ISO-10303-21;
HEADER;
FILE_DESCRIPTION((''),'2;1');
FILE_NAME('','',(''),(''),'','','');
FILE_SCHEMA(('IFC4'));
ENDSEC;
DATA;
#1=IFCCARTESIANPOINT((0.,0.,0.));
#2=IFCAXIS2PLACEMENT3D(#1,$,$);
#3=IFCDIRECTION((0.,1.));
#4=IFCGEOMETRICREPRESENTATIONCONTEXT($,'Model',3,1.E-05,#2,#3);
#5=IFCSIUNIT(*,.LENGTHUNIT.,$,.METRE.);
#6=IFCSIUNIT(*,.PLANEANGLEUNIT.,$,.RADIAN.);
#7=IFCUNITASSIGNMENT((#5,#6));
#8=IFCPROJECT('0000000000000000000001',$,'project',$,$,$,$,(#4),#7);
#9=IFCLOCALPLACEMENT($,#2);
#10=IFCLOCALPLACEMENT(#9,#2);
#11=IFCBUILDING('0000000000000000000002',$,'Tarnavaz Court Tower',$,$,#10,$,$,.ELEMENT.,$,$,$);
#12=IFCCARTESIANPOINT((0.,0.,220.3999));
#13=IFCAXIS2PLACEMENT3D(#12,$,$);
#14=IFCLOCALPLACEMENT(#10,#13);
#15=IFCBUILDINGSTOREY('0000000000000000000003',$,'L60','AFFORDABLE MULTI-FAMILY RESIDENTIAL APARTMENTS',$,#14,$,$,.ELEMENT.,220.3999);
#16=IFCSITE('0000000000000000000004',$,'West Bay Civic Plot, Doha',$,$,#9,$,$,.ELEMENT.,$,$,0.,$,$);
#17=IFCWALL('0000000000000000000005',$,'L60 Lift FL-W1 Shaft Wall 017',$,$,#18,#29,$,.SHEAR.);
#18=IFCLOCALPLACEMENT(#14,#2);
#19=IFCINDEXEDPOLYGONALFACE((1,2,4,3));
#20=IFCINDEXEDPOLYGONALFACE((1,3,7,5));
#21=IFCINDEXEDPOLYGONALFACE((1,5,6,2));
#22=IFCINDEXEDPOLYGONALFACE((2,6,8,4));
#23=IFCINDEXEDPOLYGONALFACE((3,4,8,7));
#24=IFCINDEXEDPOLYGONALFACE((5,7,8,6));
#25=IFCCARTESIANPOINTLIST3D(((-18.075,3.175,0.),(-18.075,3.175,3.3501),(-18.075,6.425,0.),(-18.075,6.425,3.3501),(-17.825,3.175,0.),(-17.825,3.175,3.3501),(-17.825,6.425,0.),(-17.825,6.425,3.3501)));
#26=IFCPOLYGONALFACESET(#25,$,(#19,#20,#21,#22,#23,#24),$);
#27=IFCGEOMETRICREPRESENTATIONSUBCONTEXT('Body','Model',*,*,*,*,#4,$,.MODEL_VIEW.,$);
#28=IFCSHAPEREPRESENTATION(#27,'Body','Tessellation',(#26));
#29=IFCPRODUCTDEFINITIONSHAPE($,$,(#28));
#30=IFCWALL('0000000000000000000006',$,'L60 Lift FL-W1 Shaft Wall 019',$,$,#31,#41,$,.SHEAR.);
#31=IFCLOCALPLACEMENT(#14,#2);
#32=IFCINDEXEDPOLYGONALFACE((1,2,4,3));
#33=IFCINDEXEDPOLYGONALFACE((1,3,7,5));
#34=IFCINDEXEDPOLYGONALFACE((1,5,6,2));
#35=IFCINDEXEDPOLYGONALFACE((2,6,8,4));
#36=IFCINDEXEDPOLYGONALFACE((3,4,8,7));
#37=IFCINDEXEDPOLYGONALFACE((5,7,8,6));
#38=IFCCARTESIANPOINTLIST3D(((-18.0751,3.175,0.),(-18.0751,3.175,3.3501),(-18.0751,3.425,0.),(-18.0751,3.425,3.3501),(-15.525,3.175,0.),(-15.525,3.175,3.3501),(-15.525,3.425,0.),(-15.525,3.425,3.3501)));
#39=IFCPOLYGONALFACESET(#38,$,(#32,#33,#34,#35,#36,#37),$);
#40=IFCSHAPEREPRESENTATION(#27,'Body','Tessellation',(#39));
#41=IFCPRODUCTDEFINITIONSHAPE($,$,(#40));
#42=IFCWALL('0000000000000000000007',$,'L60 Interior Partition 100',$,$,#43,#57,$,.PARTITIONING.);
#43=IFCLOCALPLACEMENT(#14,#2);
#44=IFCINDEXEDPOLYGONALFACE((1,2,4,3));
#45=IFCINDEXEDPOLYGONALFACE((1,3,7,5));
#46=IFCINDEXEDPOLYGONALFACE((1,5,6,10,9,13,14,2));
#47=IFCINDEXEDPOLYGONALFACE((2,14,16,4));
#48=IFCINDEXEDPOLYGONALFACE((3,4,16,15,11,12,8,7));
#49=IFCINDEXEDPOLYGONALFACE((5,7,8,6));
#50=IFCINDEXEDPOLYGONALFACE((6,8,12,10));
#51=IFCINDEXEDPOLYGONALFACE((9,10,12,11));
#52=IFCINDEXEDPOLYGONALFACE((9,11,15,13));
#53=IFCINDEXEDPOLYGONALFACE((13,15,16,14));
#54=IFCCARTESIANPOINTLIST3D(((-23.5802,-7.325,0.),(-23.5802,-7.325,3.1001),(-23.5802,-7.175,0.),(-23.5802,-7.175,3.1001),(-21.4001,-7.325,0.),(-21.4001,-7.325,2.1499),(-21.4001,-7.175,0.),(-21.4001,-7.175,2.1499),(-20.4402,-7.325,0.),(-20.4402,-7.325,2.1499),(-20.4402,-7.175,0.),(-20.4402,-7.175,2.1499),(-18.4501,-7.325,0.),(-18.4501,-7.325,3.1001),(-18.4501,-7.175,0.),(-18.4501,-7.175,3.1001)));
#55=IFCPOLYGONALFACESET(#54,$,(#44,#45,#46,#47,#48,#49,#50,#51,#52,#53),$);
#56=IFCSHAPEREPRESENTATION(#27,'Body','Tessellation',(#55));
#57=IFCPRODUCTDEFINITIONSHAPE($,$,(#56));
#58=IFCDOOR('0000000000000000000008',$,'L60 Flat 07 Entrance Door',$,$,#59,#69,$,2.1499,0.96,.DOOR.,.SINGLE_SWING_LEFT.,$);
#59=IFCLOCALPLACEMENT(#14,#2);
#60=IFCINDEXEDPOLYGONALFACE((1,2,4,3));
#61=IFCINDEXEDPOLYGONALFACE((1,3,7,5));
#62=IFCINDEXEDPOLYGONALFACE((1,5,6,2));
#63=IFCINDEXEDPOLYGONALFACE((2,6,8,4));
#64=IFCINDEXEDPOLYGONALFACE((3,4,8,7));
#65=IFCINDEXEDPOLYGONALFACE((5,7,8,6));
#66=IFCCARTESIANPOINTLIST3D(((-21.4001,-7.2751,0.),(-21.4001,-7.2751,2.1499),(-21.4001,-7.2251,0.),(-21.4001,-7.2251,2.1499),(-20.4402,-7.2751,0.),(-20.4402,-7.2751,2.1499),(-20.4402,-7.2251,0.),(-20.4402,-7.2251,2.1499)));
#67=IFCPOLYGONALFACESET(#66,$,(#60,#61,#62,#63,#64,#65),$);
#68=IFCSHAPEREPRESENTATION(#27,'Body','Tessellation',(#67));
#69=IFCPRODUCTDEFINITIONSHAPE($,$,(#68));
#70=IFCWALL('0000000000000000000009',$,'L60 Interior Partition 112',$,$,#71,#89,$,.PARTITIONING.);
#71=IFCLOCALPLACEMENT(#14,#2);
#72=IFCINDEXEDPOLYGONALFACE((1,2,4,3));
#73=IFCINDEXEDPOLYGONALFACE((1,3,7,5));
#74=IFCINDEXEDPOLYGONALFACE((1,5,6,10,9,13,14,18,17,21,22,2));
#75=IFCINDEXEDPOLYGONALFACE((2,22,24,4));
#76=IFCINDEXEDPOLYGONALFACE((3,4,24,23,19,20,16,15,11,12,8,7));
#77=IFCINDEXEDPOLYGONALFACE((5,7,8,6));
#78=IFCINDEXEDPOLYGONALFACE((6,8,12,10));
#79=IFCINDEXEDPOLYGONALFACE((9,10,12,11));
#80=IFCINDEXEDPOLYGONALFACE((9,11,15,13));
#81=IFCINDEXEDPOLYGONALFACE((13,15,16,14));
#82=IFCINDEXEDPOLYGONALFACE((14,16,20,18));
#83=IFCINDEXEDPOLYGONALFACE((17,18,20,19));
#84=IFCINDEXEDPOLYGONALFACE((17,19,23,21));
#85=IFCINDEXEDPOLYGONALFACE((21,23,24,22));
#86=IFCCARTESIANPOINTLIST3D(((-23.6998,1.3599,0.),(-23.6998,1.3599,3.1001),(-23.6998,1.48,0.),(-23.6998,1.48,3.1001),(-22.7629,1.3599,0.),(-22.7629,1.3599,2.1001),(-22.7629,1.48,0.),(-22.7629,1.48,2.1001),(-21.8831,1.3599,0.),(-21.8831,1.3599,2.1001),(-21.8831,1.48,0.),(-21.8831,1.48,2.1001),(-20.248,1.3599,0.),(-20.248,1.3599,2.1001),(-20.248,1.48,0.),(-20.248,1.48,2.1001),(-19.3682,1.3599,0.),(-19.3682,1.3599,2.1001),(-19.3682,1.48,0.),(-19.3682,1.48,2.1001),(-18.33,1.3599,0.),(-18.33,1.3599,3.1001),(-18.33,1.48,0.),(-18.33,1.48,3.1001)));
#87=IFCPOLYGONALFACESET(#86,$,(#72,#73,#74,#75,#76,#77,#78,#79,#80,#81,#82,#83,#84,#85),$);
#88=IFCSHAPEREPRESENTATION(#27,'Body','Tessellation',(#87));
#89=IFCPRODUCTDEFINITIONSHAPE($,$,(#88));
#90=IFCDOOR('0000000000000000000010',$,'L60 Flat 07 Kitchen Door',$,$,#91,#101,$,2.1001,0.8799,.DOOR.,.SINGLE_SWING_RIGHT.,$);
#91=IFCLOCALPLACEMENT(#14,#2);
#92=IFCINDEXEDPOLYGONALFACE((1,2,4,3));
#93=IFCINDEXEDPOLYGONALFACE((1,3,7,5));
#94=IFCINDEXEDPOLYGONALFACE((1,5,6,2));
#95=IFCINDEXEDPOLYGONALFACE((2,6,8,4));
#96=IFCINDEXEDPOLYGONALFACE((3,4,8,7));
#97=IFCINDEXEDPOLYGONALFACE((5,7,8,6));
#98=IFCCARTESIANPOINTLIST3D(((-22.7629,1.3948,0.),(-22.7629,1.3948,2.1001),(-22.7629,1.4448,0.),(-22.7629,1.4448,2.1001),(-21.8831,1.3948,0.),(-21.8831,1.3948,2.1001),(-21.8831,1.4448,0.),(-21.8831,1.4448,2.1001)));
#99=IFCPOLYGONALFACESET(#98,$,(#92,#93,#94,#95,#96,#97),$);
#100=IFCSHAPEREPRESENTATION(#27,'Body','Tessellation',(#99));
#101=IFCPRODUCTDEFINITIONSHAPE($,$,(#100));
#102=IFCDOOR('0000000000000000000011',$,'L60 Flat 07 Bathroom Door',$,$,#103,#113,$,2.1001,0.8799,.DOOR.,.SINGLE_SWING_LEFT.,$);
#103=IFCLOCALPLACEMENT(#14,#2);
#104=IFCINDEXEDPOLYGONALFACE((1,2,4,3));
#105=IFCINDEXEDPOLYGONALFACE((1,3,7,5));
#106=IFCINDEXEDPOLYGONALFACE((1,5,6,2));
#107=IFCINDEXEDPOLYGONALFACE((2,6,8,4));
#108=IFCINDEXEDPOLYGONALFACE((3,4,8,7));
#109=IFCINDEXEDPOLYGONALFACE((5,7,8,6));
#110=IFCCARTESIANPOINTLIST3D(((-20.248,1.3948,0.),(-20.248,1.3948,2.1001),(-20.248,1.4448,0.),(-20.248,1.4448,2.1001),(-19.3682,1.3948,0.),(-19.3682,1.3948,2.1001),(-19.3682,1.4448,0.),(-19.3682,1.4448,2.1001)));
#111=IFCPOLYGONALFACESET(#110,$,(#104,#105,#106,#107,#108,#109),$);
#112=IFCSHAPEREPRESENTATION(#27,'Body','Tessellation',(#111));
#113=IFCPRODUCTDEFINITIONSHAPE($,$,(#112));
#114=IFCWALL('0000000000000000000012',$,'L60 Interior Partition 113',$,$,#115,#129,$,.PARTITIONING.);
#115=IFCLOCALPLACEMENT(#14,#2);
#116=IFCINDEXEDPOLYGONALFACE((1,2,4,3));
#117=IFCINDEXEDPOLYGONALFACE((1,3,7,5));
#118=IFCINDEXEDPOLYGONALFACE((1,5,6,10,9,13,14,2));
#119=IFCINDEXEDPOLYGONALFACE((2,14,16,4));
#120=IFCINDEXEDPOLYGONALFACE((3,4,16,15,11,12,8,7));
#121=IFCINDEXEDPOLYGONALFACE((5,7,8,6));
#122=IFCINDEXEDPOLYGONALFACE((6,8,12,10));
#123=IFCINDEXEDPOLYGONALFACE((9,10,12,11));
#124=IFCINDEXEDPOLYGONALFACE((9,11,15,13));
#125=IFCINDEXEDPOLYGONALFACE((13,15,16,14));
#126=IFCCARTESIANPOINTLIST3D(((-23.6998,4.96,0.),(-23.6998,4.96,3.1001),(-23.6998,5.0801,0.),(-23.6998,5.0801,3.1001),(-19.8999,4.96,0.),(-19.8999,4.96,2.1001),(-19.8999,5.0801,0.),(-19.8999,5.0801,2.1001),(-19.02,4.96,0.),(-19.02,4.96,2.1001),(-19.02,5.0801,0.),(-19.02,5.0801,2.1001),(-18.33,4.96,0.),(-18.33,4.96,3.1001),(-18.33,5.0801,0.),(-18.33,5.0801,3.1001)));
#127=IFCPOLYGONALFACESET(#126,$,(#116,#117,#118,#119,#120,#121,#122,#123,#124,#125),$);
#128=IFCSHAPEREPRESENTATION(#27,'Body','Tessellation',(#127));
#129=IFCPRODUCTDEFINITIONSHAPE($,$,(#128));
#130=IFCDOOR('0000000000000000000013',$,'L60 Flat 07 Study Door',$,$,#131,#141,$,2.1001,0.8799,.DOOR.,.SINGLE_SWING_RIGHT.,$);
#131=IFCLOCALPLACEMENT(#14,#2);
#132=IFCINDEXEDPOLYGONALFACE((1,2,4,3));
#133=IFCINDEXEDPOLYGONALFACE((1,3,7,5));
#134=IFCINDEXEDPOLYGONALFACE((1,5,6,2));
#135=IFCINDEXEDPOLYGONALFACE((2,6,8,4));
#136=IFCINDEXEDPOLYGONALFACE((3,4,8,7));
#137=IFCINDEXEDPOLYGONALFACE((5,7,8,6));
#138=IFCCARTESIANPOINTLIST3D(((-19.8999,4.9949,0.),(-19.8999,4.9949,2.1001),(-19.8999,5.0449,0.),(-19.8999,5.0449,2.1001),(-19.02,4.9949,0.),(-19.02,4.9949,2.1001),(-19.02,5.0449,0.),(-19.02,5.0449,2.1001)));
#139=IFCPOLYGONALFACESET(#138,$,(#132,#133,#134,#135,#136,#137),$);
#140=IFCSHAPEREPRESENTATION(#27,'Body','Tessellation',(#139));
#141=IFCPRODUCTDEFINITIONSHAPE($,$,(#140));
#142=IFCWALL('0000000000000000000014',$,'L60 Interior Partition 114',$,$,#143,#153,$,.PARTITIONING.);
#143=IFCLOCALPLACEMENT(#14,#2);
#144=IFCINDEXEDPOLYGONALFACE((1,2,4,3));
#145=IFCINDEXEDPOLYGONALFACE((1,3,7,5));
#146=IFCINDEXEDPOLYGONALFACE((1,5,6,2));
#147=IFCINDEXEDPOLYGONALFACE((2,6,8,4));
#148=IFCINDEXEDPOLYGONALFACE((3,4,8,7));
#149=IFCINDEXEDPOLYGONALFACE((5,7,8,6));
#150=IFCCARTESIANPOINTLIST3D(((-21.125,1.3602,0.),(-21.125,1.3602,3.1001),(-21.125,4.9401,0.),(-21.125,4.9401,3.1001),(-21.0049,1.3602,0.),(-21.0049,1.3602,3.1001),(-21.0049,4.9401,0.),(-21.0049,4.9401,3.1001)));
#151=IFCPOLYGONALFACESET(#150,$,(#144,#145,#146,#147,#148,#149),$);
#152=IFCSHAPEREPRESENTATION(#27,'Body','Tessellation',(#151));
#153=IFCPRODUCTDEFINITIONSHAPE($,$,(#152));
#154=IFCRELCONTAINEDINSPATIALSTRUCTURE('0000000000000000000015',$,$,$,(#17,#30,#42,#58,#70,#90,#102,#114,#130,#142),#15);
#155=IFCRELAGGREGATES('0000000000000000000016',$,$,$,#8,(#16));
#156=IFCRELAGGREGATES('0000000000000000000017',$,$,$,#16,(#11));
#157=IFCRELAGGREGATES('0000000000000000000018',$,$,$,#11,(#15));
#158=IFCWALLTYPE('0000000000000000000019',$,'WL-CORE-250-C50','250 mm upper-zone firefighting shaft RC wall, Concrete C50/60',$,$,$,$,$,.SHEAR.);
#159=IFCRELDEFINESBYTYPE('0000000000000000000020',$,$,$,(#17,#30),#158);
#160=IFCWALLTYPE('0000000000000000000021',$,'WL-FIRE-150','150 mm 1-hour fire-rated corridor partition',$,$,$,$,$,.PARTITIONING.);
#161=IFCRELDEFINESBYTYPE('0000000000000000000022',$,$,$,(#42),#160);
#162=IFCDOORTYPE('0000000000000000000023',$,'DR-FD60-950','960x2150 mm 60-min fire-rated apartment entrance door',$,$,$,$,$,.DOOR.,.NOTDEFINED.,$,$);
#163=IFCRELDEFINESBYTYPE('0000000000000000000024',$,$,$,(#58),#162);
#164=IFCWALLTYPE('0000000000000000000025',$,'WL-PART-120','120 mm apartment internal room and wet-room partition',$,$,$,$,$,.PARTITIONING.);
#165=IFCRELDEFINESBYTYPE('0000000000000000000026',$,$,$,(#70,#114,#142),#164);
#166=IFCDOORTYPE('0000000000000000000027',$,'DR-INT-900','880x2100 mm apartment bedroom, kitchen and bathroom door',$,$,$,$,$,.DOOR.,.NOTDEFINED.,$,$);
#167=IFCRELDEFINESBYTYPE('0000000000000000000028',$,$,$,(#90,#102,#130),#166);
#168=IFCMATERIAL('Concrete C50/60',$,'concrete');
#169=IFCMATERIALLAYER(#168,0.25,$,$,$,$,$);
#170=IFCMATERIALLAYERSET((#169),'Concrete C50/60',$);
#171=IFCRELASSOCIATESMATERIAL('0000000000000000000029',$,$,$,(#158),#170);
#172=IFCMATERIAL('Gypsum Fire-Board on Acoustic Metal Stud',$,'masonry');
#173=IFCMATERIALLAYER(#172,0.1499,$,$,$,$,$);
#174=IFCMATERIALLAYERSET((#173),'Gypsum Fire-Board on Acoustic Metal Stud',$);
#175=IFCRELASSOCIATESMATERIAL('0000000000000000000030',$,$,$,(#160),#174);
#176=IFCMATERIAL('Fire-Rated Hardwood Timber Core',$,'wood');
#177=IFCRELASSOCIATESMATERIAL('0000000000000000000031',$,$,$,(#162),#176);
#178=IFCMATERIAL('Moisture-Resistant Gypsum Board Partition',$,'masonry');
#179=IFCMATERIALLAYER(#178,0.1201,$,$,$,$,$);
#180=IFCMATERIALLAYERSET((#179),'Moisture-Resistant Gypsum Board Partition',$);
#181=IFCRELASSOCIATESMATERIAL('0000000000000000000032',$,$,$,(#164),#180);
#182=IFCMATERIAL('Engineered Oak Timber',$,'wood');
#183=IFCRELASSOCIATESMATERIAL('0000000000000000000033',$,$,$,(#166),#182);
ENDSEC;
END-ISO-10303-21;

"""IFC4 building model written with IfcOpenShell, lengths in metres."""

from ifc_helpers import new_model, si_unit, direction, frame, frame_2d, origin, place, context, subcontext, project, spatial, rectangle, extrude, material, layer, layer_set, type_object, element, fill, save


model = new_model("IFC4")

# Units and contexts
model_context = context("Model", 3, precision=1e-05, world=origin(), true_north=direction((0.0, 1.0)))
body_context = subcontext(model_context, "Body", "Model", "MODEL_VIEW")
ifc_project = project(units=[si_unit("LENGTHUNIT", "METRE"), si_unit("PLANEANGLEUNIT", "RADIAN")], contexts=[model_context])

# Site, building, storey
site_placement = place(None, origin())
site = spatial("IfcSite", under=ifc_project, at=site_placement, Name="West Bay Civic Plot, Doha", CompositionType="ELEMENT", RefElevation=0.0)
building_placement = place(site_placement, origin())
building = spatial("IfcBuilding", under=site, at=building_placement, Name="Tarnavaz Court Tower", CompositionType="ELEMENT")
storey_placement = place(building_placement, frame((0.0, 0.0, 220.3999)))
storey = spatial("IfcBuildingStorey", under=building, at=storey_placement, Name="L60", Description="AFFORDABLE MULTI-FAMILY RESIDENTIAL APARTMENTS", CompositionType="ELEMENT", Elevation=220.3999)

# Shared definitions
ifc_material_1 = material(Name="Concrete C50/60", Category="concrete")

# Walls
ifc_layer_1 = layer(ifc_material_1, 0.25)
ifc_layer_set_1 = layer_set([ifc_layer_1], Name="Concrete C50/60")
wall_type_1 = type_object("IfcWallType", Name="WL-CORE-250-C50", Description="250 mm upper-zone firefighting shaft RC wall, Concrete C50/60", PredefinedType="SHEAR", material=ifc_layer_set_1)
wall_1_placement = place(storey_placement, frame((-17.95, 3.175, 0.0), z_axis=(0.0, 0.0, 1.0), x_axis=(0.0, 1.0, 0.0)))
element("IfcWall", 1, at=wall_1_placement, inside=storey, type_object=wall_type_1, Name="L60 Lift FL-W1 Shaft Wall 017", PredefinedType="SHEAR", context=body_context, shape_type="SweptSolid", body=[
    extrude(rectangle(XDim=3.25, YDim=0.25, at=frame_2d((1.625, 0.0))), origin(), (0.0, 0.0, 1.0), 3.3501),
])
wall_2_placement = place(storey_placement, frame((-18.075, 3.3, 0.0), z_axis=(0.0, 0.0, 1.0), x_axis=(1.0, 0.0, 0.0)))
element("IfcWall", 2, at=wall_2_placement, inside=storey, type_object=wall_type_1, Name="L60 Lift FL-W1 Shaft Wall 019", PredefinedType="SHEAR", context=body_context, shape_type="SweptSolid", body=[
    extrude(rectangle(XDim=2.55, YDim=0.25, at=frame_2d((1.2749, 0.0))), origin(), (0.0, 0.0, 1.0), 3.3501),
])

# Wall, opening, door
ifc_material_2 = material(Name="Fire-Rated Hardwood Timber Core", Category="wood")
ifc_material_3 = material(Name="Gypsum Fire-Board on Acoustic Metal Stud", Category="masonry")
ifc_layer_2 = layer(ifc_material_3, 0.1499)
ifc_layer_set_2 = layer_set([ifc_layer_2], Name="Gypsum Fire-Board on Acoustic Metal Stud")
wall_type_2 = type_object("IfcWallType", Name="WL-FIRE-150", Description="150 mm 1-hour fire-rated corridor partition", PredefinedType="PARTITIONING", material=ifc_layer_set_2)
wall_3_placement = place(storey_placement, frame((-23.5801, -7.25, 0.0), z_axis=(0.0, 0.0, 1.0), x_axis=(1.0, 0.0, 0.0)))
wall_3 = element("IfcWall", 3, at=wall_3_placement, inside=storey, type_object=wall_type_2, Name="L60 Interior Partition 100", PredefinedType="PARTITIONING", context=body_context, shape_type="SweptSolid", body=[
    extrude(rectangle(XDim=5.1301, YDim=0.1499, at=frame_2d((2.5649, 0.0))), origin(), (0.0, 0.0, 1.0), 3.1001),
])
opening_1_placement = place(wall_3_placement, frame((2.1799, 0.0, 0.0)))
opening_1 = element("IfcOpeningElement", 4, at=opening_1_placement, cuts=wall_3, PredefinedType="OPENING", context=body_context, shape_type="SweptSolid", body=[
    extrude(rectangle(XDim=0.96, YDim=2.1499, at=frame_2d((0.48, 1.075))), frame((0.0, 0.085, 0.0), z_axis=(0.0, -1.0, 0.0), x_axis=(1.0, 0.0, 0.0)), (0.0, 0.0, 1.0), 0.1699),
])
door_type_1 = type_object("IfcDoorType", Name="DR-FD60-950", Description="960x2150 mm 60-min fire-rated apartment entrance door", OperationType="NOTDEFINED", PredefinedType="DOOR", material=ifc_material_2)
door_1_placement = place(opening_1_placement, origin())
door_1 = element("IfcDoor", 5, at=door_1_placement, inside=storey, type_object=door_type_1, Name="L60 Flat 07 Entrance Door", OperationType="SINGLE_SWING_LEFT", OverallHeight=2.1499, OverallWidth=0.96, PredefinedType="DOOR", context=body_context, shape_type="SweptSolid", body=[
    extrude(rectangle(XDim=0.96, YDim=2.1499, at=frame_2d((0.48, 1.075))), frame((0.0, 0.0249, 0.0), z_axis=(0.0, -1.0, 0.0), x_axis=(1.0, 0.0, 0.0)), (0.0, 0.0, 1.0), 0.05),
])
fill(opening_1, door_1)

# Wall, openings, doors
ifc_material_4 = material(Name="Moisture-Resistant Gypsum Board Partition", Category="masonry")
ifc_layer_3 = layer(ifc_material_4, 0.1201)
ifc_layer_set_3 = layer_set([ifc_layer_3], Name="Moisture-Resistant Gypsum Board Partition")
wall_type_3 = type_object("IfcWallType", Name="WL-PART-120", Description="120 mm apartment internal room and wet-room partition", PredefinedType="PARTITIONING", material=ifc_layer_set_3)
wall_4_placement = place(storey_placement, frame((-23.7, 1.4199, 0.0), z_axis=(0.0, 0.0, 1.0), x_axis=(1.0, 0.0, 0.0)))
wall_4 = element("IfcWall", 6, at=wall_4_placement, inside=storey, type_object=wall_type_3, Name="L60 Interior Partition 112", PredefinedType="PARTITIONING", context=body_context, shape_type="SweptSolid", body=[
    extrude(rectangle(XDim=5.3699, YDim=0.1201, at=frame_2d((2.6851, 0.0))), origin(), (0.0, 0.0, 1.0), 3.1001),
])
opening_2_placement = place(wall_4_placement, frame((0.937, 0.0, 0.0)))
opening_2 = element("IfcOpeningElement", 7, at=opening_2_placement, cuts=wall_4, PredefinedType="OPENING", context=body_context, shape_type="SweptSolid", body=[
    extrude(rectangle(XDim=0.8799, YDim=2.1001, at=frame_2d((0.4399, 1.05))), frame((0.0, 0.0701, 0.0), z_axis=(0.0, -1.0, 0.0), x_axis=(1.0, 0.0, 0.0)), (0.0, 0.0, 1.0), 0.1401),
])
opening_3_placement = place(wall_4_placement, frame((3.4519, 0.0, 0.0)))
opening_3 = element("IfcOpeningElement", 8, at=opening_3_placement, cuts=wall_4, PredefinedType="OPENING", context=body_context, shape_type="SweptSolid", body=[
    extrude(rectangle(XDim=0.8799, YDim=2.1001, at=frame_2d((0.4399, 1.05))), frame((0.0, 0.0701, 0.0), z_axis=(0.0, -1.0, 0.0), x_axis=(1.0, 0.0, 0.0)), (0.0, 0.0, 1.0), 0.1401),
])
ifc_material_5 = material(Name="Engineered Oak Timber", Category="wood")
door_type_2 = type_object("IfcDoorType", Name="DR-INT-900", Description="880x2100 mm apartment bedroom, kitchen and bathroom door", OperationType="NOTDEFINED", PredefinedType="DOOR", material=ifc_material_5)
door_2_placement = place(opening_2_placement, origin())
door_2 = element("IfcDoor", 9, at=door_2_placement, inside=storey, type_object=door_type_2, Name="L60 Flat 07 Kitchen Door", OperationType="SINGLE_SWING_RIGHT", OverallHeight=2.1001, OverallWidth=0.8799, PredefinedType="DOOR", context=body_context, shape_type="SweptSolid", body=[
    extrude(rectangle(XDim=0.8799, YDim=2.1001, at=frame_2d((0.4399, 1.05))), frame((0.0, 0.0249, 0.0), z_axis=(0.0, -1.0, 0.0), x_axis=(1.0, 0.0, 0.0)), (0.0, 0.0, 1.0), 0.05),
])
fill(opening_2, door_2)
door_3_placement = place(opening_3_placement, origin())
door_3 = element("IfcDoor", 10, at=door_3_placement, inside=storey, type_object=door_type_2, Name="L60 Flat 07 Bathroom Door", OperationType="SINGLE_SWING_LEFT", OverallHeight=2.1001, OverallWidth=0.8799, PredefinedType="DOOR", context=body_context, shape_type="SweptSolid", body=[
    extrude(rectangle(XDim=0.8799, YDim=2.1001, at=frame_2d((0.4399, 1.05))), frame((0.0, 0.0249, 0.0), z_axis=(0.0, -1.0, 0.0), x_axis=(1.0, 0.0, 0.0)), (0.0, 0.0, 1.0), 0.05),
])
fill(opening_3, door_3)

# Wall, opening, door
wall_5_placement = place(storey_placement, frame((-23.7, 5.02, 0.0), z_axis=(0.0, 0.0, 1.0), x_axis=(1.0, 0.0, 0.0)))
wall_5 = element("IfcWall", 11, at=wall_5_placement, inside=storey, type_object=wall_type_3, Name="L60 Interior Partition 113", PredefinedType="PARTITIONING", context=body_context, shape_type="SweptSolid", body=[
    extrude(rectangle(XDim=5.3699, YDim=0.1201, at=frame_2d((2.6851, 0.0))), origin(), (0.0, 0.0, 1.0), 3.1001),
])
opening_4_placement = place(wall_5_placement, frame((3.8, 0.0, 0.0)))
opening_4 = element("IfcOpeningElement", 12, at=opening_4_placement, cuts=wall_5, PredefinedType="OPENING", context=body_context, shape_type="SweptSolid", body=[
    extrude(rectangle(XDim=0.8799, YDim=2.1001, at=frame_2d((0.4399, 1.05))), frame((0.0, 0.0701, 0.0), z_axis=(0.0, -1.0, 0.0), x_axis=(1.0, 0.0, 0.0)), (0.0, 0.0, 1.0), 0.1401),
])
door_4_placement = place(opening_4_placement, origin())
door_4 = element("IfcDoor", 13, at=door_4_placement, inside=storey, type_object=door_type_2, Name="L60 Flat 07 Study Door", OperationType="SINGLE_SWING_RIGHT", OverallHeight=2.1001, OverallWidth=0.8799, PredefinedType="DOOR", context=body_context, shape_type="SweptSolid", body=[
    extrude(rectangle(XDim=0.8799, YDim=2.1001, at=frame_2d((0.4399, 1.05))), frame((0.0, 0.0249, 0.0), z_axis=(0.0, -1.0, 0.0), x_axis=(1.0, 0.0, 0.0)), (0.0, 0.0, 1.0), 0.05),
])
fill(opening_4, door_4)

# Wall
wall_6_placement = place(storey_placement, frame((-21.0649, 1.3601, 0.0), z_axis=(0.0, 0.0, 1.0), x_axis=(0.0, 1.0, 0.0)))
element("IfcWall", 14, at=wall_6_placement, inside=storey, type_object=wall_type_3, Name="L60 Interior Partition 114", PredefinedType="PARTITIONING", context=body_context, shape_type="SweptSolid", body=[
    extrude(rectangle(XDim=3.5798, YDim=0.1201, at=frame_2d((1.79, 0.0))), origin(), (0.0, 0.0, 1.0), 3.1001),
])

save(model, "model.ifc")
